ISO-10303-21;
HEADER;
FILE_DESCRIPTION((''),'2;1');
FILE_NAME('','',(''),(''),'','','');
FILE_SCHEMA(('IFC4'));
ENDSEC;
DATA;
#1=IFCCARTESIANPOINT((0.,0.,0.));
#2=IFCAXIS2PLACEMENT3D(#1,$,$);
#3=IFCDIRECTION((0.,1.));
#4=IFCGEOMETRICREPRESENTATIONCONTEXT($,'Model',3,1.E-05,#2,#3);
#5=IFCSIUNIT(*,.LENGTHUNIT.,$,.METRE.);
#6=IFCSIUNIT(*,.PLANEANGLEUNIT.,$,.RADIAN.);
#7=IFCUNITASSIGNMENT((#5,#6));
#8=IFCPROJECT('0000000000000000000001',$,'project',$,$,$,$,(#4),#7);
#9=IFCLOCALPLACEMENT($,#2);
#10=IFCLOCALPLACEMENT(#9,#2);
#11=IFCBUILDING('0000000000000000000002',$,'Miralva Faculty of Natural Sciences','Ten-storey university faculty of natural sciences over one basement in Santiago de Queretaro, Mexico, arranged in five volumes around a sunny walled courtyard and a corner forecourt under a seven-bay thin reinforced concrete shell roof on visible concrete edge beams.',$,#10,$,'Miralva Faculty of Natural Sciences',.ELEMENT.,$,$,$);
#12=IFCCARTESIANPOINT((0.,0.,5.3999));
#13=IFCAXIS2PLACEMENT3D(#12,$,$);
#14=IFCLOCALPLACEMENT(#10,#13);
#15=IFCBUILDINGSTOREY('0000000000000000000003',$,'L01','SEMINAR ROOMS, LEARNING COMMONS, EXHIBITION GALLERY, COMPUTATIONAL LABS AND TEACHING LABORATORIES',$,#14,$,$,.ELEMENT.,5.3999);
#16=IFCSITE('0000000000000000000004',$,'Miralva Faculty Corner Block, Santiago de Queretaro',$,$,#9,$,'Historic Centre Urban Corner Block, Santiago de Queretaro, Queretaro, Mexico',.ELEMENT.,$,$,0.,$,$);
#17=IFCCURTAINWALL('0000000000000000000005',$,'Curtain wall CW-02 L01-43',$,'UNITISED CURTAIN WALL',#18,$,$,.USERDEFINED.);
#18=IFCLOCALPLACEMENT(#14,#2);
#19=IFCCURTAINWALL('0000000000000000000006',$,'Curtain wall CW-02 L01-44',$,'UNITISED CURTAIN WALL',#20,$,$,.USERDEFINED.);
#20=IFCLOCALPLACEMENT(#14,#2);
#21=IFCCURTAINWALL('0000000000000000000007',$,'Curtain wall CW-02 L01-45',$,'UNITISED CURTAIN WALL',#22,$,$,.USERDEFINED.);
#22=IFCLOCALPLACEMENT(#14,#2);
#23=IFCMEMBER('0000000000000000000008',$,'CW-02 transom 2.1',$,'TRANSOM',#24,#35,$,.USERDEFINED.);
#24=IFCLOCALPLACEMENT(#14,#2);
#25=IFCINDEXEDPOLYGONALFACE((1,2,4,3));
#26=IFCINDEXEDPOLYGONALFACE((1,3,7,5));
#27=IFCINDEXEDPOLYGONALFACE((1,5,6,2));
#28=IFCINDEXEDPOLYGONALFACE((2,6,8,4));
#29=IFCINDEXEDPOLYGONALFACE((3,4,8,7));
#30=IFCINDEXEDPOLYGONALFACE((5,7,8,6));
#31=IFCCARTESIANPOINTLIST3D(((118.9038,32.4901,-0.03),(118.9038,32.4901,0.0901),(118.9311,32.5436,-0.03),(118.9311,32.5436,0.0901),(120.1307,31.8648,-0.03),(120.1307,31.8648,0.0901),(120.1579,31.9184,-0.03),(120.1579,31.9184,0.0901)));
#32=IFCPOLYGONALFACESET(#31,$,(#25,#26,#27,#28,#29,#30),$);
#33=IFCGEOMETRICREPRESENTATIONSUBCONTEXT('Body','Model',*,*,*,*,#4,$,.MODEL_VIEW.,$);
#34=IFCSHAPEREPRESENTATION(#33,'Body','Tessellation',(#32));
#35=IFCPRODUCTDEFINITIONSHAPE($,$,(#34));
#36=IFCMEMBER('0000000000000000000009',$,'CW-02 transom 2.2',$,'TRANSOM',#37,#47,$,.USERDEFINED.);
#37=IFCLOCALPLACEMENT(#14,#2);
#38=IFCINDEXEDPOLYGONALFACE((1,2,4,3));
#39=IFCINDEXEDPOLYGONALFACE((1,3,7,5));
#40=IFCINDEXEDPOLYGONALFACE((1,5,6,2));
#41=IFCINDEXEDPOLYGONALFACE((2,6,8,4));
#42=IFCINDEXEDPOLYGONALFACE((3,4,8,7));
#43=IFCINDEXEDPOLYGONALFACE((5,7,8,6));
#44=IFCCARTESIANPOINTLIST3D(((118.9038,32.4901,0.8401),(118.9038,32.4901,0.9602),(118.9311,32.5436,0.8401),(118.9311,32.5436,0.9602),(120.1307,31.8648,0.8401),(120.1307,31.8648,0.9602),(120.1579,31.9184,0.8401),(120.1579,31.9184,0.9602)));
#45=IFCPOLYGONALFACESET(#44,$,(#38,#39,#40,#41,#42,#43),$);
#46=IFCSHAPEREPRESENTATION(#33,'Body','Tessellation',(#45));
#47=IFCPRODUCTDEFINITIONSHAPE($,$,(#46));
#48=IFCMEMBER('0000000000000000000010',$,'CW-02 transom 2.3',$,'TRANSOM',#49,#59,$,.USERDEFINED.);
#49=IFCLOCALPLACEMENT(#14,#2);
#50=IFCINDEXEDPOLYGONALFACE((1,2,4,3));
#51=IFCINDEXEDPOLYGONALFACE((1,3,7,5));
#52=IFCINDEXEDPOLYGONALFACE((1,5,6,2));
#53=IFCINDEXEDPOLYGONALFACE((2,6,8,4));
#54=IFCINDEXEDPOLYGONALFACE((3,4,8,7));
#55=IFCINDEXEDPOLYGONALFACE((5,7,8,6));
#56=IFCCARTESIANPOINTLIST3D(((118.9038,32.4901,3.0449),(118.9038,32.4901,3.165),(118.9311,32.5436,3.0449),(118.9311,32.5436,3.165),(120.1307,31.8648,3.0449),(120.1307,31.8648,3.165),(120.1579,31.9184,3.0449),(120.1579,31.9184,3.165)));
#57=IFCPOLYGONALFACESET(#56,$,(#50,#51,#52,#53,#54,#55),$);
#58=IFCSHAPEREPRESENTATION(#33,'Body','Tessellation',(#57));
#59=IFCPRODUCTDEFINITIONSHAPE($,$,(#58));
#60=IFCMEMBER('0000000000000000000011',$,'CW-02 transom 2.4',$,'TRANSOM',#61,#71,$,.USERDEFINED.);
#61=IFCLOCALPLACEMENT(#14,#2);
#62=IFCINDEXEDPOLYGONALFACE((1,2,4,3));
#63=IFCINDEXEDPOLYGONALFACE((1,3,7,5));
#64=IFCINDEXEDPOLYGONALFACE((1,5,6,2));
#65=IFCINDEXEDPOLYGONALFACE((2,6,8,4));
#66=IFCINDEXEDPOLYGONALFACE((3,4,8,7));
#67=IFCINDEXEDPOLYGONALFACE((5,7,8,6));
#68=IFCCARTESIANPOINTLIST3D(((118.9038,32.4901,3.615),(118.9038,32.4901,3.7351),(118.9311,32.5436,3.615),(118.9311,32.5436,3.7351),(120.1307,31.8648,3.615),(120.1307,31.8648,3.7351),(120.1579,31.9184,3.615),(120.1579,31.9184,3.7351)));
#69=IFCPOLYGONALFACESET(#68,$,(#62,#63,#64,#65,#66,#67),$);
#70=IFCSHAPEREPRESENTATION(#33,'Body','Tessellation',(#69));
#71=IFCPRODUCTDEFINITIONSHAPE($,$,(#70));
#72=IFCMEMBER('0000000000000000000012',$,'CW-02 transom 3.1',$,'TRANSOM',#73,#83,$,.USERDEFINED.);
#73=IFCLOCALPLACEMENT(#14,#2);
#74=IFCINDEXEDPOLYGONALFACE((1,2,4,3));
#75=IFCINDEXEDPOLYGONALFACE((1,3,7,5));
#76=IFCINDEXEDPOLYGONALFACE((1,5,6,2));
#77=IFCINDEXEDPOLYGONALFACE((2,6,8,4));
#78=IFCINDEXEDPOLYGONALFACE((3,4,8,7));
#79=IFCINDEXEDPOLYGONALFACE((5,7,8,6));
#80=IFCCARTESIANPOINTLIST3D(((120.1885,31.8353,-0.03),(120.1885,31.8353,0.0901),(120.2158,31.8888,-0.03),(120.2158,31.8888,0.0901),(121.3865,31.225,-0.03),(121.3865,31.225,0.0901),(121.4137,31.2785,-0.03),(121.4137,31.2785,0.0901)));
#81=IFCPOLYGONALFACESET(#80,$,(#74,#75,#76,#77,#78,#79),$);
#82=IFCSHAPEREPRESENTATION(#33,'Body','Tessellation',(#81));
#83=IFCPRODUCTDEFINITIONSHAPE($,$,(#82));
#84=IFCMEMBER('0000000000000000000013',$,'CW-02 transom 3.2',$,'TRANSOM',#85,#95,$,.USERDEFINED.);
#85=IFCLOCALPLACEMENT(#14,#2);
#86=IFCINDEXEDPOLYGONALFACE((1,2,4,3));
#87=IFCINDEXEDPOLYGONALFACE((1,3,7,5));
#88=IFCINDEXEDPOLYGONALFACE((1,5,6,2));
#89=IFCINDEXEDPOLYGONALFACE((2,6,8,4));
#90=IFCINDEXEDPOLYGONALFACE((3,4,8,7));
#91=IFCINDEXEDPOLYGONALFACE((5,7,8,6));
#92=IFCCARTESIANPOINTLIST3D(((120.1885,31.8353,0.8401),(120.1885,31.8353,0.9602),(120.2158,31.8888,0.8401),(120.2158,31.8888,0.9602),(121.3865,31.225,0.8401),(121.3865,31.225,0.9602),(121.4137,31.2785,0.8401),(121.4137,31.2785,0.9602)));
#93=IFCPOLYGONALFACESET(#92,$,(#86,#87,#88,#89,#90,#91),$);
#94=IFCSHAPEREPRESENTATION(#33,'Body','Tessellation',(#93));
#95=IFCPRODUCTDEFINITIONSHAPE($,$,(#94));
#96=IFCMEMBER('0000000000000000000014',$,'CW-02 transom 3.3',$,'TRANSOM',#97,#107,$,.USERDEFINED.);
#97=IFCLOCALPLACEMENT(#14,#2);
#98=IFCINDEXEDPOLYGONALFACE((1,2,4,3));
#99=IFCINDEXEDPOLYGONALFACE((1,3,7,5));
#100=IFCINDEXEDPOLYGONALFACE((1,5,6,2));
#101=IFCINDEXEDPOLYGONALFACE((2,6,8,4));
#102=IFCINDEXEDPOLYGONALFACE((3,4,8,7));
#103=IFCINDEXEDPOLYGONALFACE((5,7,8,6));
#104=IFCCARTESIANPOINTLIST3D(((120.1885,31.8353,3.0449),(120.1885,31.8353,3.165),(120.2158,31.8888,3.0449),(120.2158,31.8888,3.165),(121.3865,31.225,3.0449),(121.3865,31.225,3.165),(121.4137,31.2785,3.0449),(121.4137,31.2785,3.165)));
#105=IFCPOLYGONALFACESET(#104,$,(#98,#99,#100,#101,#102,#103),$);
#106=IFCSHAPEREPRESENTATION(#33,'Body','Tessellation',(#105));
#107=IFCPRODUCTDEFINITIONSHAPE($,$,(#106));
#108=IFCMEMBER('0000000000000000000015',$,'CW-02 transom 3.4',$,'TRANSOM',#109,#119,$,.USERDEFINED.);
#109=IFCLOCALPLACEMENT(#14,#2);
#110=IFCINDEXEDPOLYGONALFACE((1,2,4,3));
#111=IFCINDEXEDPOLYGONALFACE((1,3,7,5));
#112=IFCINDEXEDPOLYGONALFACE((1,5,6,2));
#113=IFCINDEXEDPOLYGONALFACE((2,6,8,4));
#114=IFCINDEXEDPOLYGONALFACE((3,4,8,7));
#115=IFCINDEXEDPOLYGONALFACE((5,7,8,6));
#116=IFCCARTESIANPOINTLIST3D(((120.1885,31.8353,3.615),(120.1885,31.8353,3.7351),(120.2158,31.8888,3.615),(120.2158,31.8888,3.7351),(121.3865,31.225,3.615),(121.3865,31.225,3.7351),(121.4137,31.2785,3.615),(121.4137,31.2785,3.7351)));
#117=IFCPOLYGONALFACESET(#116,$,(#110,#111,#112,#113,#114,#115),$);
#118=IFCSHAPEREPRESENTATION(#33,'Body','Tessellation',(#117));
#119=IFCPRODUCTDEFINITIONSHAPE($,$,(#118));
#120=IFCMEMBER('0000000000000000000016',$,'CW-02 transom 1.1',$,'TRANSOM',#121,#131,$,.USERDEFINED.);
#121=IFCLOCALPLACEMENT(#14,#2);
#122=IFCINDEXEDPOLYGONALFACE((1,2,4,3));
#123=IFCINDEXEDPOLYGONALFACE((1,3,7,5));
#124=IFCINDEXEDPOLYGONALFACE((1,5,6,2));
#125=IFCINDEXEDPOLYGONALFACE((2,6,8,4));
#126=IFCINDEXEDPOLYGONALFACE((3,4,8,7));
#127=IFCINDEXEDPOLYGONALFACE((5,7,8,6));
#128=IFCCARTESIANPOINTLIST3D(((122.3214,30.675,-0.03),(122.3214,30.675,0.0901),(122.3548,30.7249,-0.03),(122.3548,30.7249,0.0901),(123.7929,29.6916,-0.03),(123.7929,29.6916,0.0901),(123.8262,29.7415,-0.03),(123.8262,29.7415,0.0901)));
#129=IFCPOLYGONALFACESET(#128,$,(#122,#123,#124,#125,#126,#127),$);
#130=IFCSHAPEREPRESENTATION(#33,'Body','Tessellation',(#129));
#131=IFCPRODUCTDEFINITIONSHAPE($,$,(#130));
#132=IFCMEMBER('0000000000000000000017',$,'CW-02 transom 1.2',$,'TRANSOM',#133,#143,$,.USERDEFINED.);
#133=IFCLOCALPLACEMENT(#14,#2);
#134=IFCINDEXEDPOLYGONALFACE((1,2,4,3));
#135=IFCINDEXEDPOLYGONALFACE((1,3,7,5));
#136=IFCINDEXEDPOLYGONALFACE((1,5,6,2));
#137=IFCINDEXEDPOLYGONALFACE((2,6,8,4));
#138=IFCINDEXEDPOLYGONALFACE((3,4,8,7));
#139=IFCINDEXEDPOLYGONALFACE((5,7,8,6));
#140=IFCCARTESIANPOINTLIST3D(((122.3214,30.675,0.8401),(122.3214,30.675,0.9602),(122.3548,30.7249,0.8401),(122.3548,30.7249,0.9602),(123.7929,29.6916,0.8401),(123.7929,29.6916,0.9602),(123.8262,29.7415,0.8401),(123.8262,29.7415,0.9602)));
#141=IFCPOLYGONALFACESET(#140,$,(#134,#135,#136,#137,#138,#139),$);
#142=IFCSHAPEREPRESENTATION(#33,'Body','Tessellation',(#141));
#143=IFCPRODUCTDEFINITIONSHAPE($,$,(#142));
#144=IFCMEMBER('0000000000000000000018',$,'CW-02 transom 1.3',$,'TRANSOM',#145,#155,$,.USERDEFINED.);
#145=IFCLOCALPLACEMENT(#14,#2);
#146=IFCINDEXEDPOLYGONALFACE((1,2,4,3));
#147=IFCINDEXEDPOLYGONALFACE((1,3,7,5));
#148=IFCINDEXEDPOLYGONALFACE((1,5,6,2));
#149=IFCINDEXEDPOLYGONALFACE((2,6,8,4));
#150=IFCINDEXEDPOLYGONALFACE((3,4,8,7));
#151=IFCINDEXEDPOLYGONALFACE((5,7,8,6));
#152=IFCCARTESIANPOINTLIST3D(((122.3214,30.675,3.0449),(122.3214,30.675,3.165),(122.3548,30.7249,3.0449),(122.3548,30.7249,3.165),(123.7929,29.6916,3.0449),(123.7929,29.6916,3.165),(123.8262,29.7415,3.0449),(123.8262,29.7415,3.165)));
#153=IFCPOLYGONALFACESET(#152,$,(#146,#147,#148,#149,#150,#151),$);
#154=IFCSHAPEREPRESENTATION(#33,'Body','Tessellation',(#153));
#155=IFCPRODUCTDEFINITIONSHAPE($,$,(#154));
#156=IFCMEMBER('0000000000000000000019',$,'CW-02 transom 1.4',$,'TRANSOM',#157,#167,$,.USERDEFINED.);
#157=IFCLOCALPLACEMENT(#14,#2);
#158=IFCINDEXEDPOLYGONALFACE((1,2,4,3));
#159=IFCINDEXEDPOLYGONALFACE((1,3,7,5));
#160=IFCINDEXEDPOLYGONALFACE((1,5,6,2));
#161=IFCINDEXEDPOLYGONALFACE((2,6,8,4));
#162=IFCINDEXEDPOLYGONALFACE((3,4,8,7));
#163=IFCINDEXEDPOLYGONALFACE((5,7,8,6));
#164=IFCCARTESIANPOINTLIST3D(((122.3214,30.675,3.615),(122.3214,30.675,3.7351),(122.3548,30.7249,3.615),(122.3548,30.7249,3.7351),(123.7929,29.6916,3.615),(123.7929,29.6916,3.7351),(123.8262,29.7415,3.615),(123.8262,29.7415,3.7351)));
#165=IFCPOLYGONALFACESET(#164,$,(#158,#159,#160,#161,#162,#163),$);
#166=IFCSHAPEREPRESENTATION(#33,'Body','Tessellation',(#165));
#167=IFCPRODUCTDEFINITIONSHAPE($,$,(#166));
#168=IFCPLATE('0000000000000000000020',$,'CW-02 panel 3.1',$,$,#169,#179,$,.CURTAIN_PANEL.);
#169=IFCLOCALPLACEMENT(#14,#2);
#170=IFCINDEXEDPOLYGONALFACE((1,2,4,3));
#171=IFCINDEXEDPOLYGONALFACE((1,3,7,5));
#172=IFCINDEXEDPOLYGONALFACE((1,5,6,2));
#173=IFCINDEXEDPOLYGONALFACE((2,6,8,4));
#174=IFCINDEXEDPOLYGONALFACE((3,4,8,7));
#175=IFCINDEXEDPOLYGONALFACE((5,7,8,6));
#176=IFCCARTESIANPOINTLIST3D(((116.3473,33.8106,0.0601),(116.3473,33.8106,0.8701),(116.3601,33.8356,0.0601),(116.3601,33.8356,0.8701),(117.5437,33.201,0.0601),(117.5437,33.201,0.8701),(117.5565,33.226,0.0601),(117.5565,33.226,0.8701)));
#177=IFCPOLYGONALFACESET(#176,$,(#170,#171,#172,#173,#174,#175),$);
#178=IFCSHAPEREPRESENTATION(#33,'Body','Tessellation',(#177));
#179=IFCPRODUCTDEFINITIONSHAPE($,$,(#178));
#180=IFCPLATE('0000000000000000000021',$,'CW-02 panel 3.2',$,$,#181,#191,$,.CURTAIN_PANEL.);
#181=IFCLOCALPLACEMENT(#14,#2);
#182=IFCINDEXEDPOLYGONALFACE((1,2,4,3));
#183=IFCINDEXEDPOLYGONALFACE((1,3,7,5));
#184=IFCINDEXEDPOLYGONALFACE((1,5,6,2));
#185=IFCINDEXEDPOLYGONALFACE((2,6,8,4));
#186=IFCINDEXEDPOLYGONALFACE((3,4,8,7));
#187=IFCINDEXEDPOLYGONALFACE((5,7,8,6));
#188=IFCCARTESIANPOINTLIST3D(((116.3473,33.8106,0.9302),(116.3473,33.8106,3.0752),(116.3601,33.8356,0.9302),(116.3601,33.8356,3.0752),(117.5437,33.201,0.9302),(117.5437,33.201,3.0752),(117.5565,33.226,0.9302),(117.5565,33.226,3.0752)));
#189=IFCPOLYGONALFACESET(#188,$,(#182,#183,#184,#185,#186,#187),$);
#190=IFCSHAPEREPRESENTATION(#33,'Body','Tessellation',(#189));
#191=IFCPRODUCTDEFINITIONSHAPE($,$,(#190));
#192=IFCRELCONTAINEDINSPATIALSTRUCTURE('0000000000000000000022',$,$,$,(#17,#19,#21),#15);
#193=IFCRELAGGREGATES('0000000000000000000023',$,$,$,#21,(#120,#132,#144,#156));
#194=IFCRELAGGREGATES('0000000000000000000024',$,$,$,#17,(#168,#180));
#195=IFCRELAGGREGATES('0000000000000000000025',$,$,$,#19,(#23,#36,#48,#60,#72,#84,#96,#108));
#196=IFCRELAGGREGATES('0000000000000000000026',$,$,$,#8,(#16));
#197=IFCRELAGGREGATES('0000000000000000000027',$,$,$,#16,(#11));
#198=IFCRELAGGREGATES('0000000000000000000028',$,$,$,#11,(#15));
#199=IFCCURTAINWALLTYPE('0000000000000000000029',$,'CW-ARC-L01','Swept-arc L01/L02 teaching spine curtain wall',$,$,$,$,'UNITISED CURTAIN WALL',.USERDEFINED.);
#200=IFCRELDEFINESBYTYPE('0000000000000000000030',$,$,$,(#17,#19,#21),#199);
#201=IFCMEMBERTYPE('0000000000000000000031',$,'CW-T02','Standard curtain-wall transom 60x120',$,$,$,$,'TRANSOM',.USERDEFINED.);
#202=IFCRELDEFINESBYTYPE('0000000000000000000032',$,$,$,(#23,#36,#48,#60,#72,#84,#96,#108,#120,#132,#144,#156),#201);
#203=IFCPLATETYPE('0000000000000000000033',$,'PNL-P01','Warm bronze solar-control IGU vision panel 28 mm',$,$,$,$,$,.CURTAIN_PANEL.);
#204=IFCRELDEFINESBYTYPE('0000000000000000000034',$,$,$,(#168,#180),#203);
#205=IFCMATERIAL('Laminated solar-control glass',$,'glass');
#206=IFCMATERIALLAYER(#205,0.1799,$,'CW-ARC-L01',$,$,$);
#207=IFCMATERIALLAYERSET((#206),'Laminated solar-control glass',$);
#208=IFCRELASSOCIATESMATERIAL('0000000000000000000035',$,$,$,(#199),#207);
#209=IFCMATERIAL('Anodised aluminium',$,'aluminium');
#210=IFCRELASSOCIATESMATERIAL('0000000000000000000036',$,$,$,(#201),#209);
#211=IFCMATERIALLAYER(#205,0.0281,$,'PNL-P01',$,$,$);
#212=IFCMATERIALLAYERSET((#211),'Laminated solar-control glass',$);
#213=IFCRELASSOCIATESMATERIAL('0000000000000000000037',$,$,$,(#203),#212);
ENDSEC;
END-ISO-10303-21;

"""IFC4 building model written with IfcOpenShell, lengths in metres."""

from ifc_helpers import new_model, si_unit, direction, frame, origin, origin_2d, place, context, subcontext, project, spatial, rectangle, extrude, material, layer, layer_set, material_profile, profile_set, type_object, element, aggregate, save


model = new_model("IFC4")

# Units and contexts
model_context = context("Model", 3, precision=1e-05, world=origin(), true_north=direction((0.0, 1.0)))
body_context = subcontext(model_context, "Body", "Model", "MODEL_VIEW")
ifc_project = project(units=[si_unit("LENGTHUNIT", "METRE"), si_unit("PLANEANGLEUNIT", "RADIAN")], contexts=[model_context])

# Site, building, storey
site_placement = place(None, origin())
site = spatial("IfcSite", under=ifc_project, at=site_placement, Name="Miralva Faculty Corner Block, Santiago de Queretaro", LongName="Historic Centre Urban Corner Block, Santiago de Queretaro, Queretaro, Mexico", CompositionType="ELEMENT", RefElevation=0.0)
building_placement = place(site_placement, origin())
building = spatial("IfcBuilding", under=site, at=building_placement, Name="Miralva Faculty of Natural Sciences", Description="Ten-storey university faculty of natural sciences over one basement in Santiago de Queretaro, Mexico, arranged in five volumes around a sunny walled courtyard and a corner forecourt under a seven-bay thin reinforced concrete shell roof on visible concrete edge beams.", LongName="Miralva Faculty of Natural Sciences", CompositionType="ELEMENT")
storey_placement = place(building_placement, frame((0.0, 0.0, 5.3999)))
storey = spatial("IfcBuildingStorey", under=building, at=storey_placement, Name="L01", Description="SEMINAR ROOMS, LEARNING COMMONS, EXHIBITION GALLERY, COMPUTATIONAL LABS AND TEACHING LABORATORIES", CompositionType="ELEMENT", Elevation=5.3999)

# Curtain wall
ifc_material_1 = material(Name="Laminated solar-control glass", Category="glass")
ifc_layer_1 = layer(ifc_material_1, 0.1799, Name="CW-ARC-L01")
ifc_layer_set_1 = layer_set([ifc_layer_1], Name="Laminated solar-control glass")
curtain_wall_type = type_object("IfcCurtainWallType", Name="CW-ARC-L01", Description="Swept-arc L01/L02 teaching spine curtain wall", ElementType="UNITISED CURTAIN WALL", PredefinedType="USERDEFINED", material=ifc_layer_set_1)
curtain_wall_1_placement = place(storey_placement, origin())
curtain_wall_1 = element("IfcCurtainWall", 1, at=curtain_wall_1_placement, inside=storey, type_object=curtain_wall_type, Name="Curtain wall CW-02 L01-43", ObjectType="UNITISED CURTAIN WALL", PredefinedType="USERDEFINED")
ifc_material_2 = material(Name="Anodised aluminium", Category="aluminium")

# Curtain wall
curtain_wall_2_placement = place(storey_placement, origin())
curtain_wall_2 = element("IfcCurtainWall", 2, at=curtain_wall_2_placement, inside=storey, type_object=curtain_wall_type, Name="Curtain wall CW-02 L01-44", ObjectType="UNITISED CURTAIN WALL", PredefinedType="USERDEFINED")

# Curtain wall
curtain_wall_3_placement = place(storey_placement, origin())
curtain_wall_3 = element("IfcCurtainWall", 3, at=curtain_wall_3_placement, inside=storey, type_object=curtain_wall_type, Name="Curtain wall CW-02 L01-45", ObjectType="UNITISED CURTAIN WALL", PredefinedType="USERDEFINED")

# Members
ifc_material_profile_1 = material_profile(ifc_material_2, rectangle(XDim=0.0601, YDim=0.1201, at=origin_2d()), Name="TRANSOM 60x120")
ifc_profile_set_1 = profile_set([ifc_material_profile_1], Name="Anodised aluminium")
member_type_1 = type_object("IfcMemberType", Name="CW-T02", Description="Standard curtain-wall transom 60x120", ElementType="TRANSOM", PredefinedType="USERDEFINED", material=ifc_profile_set_1)
member_1_placement = place(storey_placement, frame((118.9175, 32.5168, 0.03), z_axis=(0.890961, -0.45408, 0.0), x_axis=(0.45408, 0.890961, 0.0)))
member_1 = element("IfcMember", 4, at=member_1_placement, type_object=member_type_1, Name="CW-02 transom 2.1", ObjectType="TRANSOM", PredefinedType="USERDEFINED", context=body_context, shape_type="SweptSolid", body=[
    extrude(rectangle(XDim=0.0601, YDim=0.1201, at=origin_2d()), origin(), (0.0, 0.0, 1.0), 1.377),
])
member_2_placement = place(storey_placement, frame((118.9175, 32.5168, 0.9001), z_axis=(0.890961, -0.45408, 0.0), x_axis=(0.45408, 0.890961, 0.0)))
member_2 = element("IfcMember", 5, at=member_2_placement, type_object=member_type_1, Name="CW-02 transom 2.2", ObjectType="TRANSOM", PredefinedType="USERDEFINED", context=body_context, shape_type="SweptSolid", body=[
    extrude(rectangle(XDim=0.0601, YDim=0.1201, at=origin_2d()), origin(), (0.0, 0.0, 1.0), 1.377),
])
member_3_placement = place(storey_placement, frame((118.9175, 32.5168, 3.105), z_axis=(0.890961, -0.45408, 0.0), x_axis=(0.45408, 0.890961, 0.0)))
member_3 = element("IfcMember", 6, at=member_3_placement, type_object=member_type_1, Name="CW-02 transom 2.3", ObjectType="TRANSOM", PredefinedType="USERDEFINED", context=body_context, shape_type="SweptSolid", body=[
    extrude(rectangle(XDim=0.0601, YDim=0.1201, at=origin_2d()), origin(), (0.0, 0.0, 1.0), 1.377),
])
member_4_placement = place(storey_placement, frame((118.9175, 32.5168, 3.675), z_axis=(0.890961, -0.45408, 0.0), x_axis=(0.45408, 0.890961, 0.0)))
member_4 = element("IfcMember", 7, at=member_4_placement, type_object=member_type_1, Name="CW-02 transom 2.4", ObjectType="TRANSOM", PredefinedType="USERDEFINED", context=body_context, shape_type="SweptSolid", body=[
    extrude(rectangle(XDim=0.0601, YDim=0.1201, at=origin_2d()), origin(), (0.0, 0.0, 1.0), 1.377),
])
member_5_placement = place(storey_placement, frame((120.2021, 31.8621, 0.03), z_axis=(0.891024, -0.453956, 0.0), x_axis=(0.453956, 0.891024, 0.0)))
member_5 = element("IfcMember", 8, at=member_5_placement, type_object=member_type_1, Name="CW-02 transom 3.1", ObjectType="TRANSOM", PredefinedType="USERDEFINED", context=body_context, shape_type="SweptSolid", body=[
    extrude(rectangle(XDim=0.0601, YDim=0.1201, at=origin_2d()), origin(), (0.0, 0.0, 1.0), 1.3445),
])
member_6_placement = place(storey_placement, frame((120.2021, 31.8621, 0.9001), z_axis=(0.891024, -0.453956, 0.0), x_axis=(0.453956, 0.891024, 0.0)))
member_6 = element("IfcMember", 9, at=member_6_placement, type_object=member_type_1, Name="CW-02 transom 3.2", ObjectType="TRANSOM", PredefinedType="USERDEFINED", context=body_context, shape_type="SweptSolid", body=[
    extrude(rectangle(XDim=0.0601, YDim=0.1201, at=origin_2d()), origin(), (0.0, 0.0, 1.0), 1.3445),
])
member_7_placement = place(storey_placement, frame((120.2021, 31.8621, 3.105), z_axis=(0.891024, -0.453956, 0.0), x_axis=(0.453956, 0.891024, 0.0)))
member_7 = element("IfcMember", 10, at=member_7_placement, type_object=member_type_1, Name="CW-02 transom 3.3", ObjectType="TRANSOM", PredefinedType="USERDEFINED", context=body_context, shape_type="SweptSolid", body=[
    extrude(rectangle(XDim=0.0601, YDim=0.1201, at=origin_2d()), origin(), (0.0, 0.0, 1.0), 1.3445),
])
member_8_placement = place(storey_placement, frame((120.2021, 31.8621, 3.675), z_axis=(0.891024, -0.453956, 0.0), x_axis=(0.453956, 0.891024, 0.0)))
member_8 = element("IfcMember", 11, at=member_8_placement, type_object=member_type_1, Name="CW-02 transom 3.4", ObjectType="TRANSOM", PredefinedType="USERDEFINED", context=body_context, shape_type="SweptSolid", body=[
    extrude(rectangle(XDim=0.0601, YDim=0.1201, at=origin_2d()), origin(), (0.0, 0.0, 1.0), 1.3445),
])
member_9_placement = place(storey_placement, frame((122.3381, 30.7, 0.03), z_axis=(0.831413, -0.555655, 0.0), x_axis=(0.555655, 0.831413, 0.0)))
member_9 = element("IfcMember", 12, at=member_9_placement, type_object=member_type_1, Name="CW-02 transom 1.1", ObjectType="TRANSOM", PredefinedType="USERDEFINED", context=body_context, shape_type="SweptSolid", body=[
    extrude(rectangle(XDim=0.0601, YDim=0.1201, at=origin_2d()), origin(), (0.0, 0.0, 1.0), 1.7698),
])
member_10_placement = place(storey_placement, frame((122.3381, 30.7, 0.9001), z_axis=(0.831413, -0.555655, 0.0), x_axis=(0.555655, 0.831413, 0.0)))
member_10 = element("IfcMember", 13, at=member_10_placement, type_object=member_type_1, Name="CW-02 transom 1.2", ObjectType="TRANSOM", PredefinedType="USERDEFINED", context=body_context, shape_type="SweptSolid", body=[
    extrude(rectangle(XDim=0.0601, YDim=0.1201, at=origin_2d()), origin(), (0.0, 0.0, 1.0), 1.7698),
])
member_11_placement = place(storey_placement, frame((122.3381, 30.7, 3.105), z_axis=(0.831413, -0.555655, 0.0), x_axis=(0.555655, 0.831413, 0.0)))
member_11 = element("IfcMember", 14, at=member_11_placement, type_object=member_type_1, Name="CW-02 transom 1.3", ObjectType="TRANSOM", PredefinedType="USERDEFINED", context=body_context, shape_type="SweptSolid", body=[
    extrude(rectangle(XDim=0.0601, YDim=0.1201, at=origin_2d()), origin(), (0.0, 0.0, 1.0), 1.7698),
])
member_12_placement = place(storey_placement, frame((122.3381, 30.7, 3.675), z_axis=(0.831413, -0.555655, 0.0), x_axis=(0.555655, 0.831413, 0.0)))
member_12 = element("IfcMember", 15, at=member_12_placement, type_object=member_type_1, Name="CW-02 transom 1.4", ObjectType="TRANSOM", PredefinedType="USERDEFINED", context=body_context, shape_type="SweptSolid", body=[
    extrude(rectangle(XDim=0.0601, YDim=0.1201, at=origin_2d()), origin(), (0.0, 0.0, 1.0), 1.7698),
])
aggregate(curtain_wall_3, [member_9, member_10, member_11, member_12])

# Plates
ifc_layer_2 = layer(ifc_material_1, 0.0281, Name="PNL-P01")
ifc_layer_set_2 = layer_set([ifc_layer_2], Name="Laminated solar-control glass")
plate_type = type_object("IfcPlateType", Name="PNL-P01", Description="Warm bronze solar-control IGU vision panel 28 mm", PredefinedType="CURTAIN_PANEL", material=ifc_layer_set_2)
plate_1_placement = place(storey_placement, frame((116.9519, 33.5183, 0.0601), z_axis=(0.0, 0.0, 1.0), x_axis=(0.891018, -0.453968, 0.0)))
plate_1 = element("IfcPlate", 16, at=plate_1_placement, type_object=plate_type, Name="CW-02 panel 3.1", PredefinedType="CURTAIN_PANEL", context=body_context, shape_type="SweptSolid", body=[
    extrude(rectangle(XDim=1.3428, YDim=0.0281, at=origin_2d()), origin(), (0.0, 0.0, 1.0), 0.8101),
])
plate_2_placement = place(storey_placement, frame((116.9519, 33.5183, 0.9302), z_axis=(0.0, 0.0, 1.0), x_axis=(0.891018, -0.453968, 0.0)))
plate_2 = element("IfcPlate", 17, at=plate_2_placement, type_object=plate_type, Name="CW-02 panel 3.2", PredefinedType="CURTAIN_PANEL", context=body_context, shape_type="SweptSolid", body=[
    extrude(rectangle(XDim=1.3428, YDim=0.0281, at=origin_2d()), origin(), (0.0, 0.0, 1.0), 2.145),
])
aggregate(curtain_wall_1, [plate_1, plate_2])
aggregate(curtain_wall_2, [member_1, member_2, member_3, member_4, member_5, member_6, member_7, member_8])

save(model, "model.ifc")
